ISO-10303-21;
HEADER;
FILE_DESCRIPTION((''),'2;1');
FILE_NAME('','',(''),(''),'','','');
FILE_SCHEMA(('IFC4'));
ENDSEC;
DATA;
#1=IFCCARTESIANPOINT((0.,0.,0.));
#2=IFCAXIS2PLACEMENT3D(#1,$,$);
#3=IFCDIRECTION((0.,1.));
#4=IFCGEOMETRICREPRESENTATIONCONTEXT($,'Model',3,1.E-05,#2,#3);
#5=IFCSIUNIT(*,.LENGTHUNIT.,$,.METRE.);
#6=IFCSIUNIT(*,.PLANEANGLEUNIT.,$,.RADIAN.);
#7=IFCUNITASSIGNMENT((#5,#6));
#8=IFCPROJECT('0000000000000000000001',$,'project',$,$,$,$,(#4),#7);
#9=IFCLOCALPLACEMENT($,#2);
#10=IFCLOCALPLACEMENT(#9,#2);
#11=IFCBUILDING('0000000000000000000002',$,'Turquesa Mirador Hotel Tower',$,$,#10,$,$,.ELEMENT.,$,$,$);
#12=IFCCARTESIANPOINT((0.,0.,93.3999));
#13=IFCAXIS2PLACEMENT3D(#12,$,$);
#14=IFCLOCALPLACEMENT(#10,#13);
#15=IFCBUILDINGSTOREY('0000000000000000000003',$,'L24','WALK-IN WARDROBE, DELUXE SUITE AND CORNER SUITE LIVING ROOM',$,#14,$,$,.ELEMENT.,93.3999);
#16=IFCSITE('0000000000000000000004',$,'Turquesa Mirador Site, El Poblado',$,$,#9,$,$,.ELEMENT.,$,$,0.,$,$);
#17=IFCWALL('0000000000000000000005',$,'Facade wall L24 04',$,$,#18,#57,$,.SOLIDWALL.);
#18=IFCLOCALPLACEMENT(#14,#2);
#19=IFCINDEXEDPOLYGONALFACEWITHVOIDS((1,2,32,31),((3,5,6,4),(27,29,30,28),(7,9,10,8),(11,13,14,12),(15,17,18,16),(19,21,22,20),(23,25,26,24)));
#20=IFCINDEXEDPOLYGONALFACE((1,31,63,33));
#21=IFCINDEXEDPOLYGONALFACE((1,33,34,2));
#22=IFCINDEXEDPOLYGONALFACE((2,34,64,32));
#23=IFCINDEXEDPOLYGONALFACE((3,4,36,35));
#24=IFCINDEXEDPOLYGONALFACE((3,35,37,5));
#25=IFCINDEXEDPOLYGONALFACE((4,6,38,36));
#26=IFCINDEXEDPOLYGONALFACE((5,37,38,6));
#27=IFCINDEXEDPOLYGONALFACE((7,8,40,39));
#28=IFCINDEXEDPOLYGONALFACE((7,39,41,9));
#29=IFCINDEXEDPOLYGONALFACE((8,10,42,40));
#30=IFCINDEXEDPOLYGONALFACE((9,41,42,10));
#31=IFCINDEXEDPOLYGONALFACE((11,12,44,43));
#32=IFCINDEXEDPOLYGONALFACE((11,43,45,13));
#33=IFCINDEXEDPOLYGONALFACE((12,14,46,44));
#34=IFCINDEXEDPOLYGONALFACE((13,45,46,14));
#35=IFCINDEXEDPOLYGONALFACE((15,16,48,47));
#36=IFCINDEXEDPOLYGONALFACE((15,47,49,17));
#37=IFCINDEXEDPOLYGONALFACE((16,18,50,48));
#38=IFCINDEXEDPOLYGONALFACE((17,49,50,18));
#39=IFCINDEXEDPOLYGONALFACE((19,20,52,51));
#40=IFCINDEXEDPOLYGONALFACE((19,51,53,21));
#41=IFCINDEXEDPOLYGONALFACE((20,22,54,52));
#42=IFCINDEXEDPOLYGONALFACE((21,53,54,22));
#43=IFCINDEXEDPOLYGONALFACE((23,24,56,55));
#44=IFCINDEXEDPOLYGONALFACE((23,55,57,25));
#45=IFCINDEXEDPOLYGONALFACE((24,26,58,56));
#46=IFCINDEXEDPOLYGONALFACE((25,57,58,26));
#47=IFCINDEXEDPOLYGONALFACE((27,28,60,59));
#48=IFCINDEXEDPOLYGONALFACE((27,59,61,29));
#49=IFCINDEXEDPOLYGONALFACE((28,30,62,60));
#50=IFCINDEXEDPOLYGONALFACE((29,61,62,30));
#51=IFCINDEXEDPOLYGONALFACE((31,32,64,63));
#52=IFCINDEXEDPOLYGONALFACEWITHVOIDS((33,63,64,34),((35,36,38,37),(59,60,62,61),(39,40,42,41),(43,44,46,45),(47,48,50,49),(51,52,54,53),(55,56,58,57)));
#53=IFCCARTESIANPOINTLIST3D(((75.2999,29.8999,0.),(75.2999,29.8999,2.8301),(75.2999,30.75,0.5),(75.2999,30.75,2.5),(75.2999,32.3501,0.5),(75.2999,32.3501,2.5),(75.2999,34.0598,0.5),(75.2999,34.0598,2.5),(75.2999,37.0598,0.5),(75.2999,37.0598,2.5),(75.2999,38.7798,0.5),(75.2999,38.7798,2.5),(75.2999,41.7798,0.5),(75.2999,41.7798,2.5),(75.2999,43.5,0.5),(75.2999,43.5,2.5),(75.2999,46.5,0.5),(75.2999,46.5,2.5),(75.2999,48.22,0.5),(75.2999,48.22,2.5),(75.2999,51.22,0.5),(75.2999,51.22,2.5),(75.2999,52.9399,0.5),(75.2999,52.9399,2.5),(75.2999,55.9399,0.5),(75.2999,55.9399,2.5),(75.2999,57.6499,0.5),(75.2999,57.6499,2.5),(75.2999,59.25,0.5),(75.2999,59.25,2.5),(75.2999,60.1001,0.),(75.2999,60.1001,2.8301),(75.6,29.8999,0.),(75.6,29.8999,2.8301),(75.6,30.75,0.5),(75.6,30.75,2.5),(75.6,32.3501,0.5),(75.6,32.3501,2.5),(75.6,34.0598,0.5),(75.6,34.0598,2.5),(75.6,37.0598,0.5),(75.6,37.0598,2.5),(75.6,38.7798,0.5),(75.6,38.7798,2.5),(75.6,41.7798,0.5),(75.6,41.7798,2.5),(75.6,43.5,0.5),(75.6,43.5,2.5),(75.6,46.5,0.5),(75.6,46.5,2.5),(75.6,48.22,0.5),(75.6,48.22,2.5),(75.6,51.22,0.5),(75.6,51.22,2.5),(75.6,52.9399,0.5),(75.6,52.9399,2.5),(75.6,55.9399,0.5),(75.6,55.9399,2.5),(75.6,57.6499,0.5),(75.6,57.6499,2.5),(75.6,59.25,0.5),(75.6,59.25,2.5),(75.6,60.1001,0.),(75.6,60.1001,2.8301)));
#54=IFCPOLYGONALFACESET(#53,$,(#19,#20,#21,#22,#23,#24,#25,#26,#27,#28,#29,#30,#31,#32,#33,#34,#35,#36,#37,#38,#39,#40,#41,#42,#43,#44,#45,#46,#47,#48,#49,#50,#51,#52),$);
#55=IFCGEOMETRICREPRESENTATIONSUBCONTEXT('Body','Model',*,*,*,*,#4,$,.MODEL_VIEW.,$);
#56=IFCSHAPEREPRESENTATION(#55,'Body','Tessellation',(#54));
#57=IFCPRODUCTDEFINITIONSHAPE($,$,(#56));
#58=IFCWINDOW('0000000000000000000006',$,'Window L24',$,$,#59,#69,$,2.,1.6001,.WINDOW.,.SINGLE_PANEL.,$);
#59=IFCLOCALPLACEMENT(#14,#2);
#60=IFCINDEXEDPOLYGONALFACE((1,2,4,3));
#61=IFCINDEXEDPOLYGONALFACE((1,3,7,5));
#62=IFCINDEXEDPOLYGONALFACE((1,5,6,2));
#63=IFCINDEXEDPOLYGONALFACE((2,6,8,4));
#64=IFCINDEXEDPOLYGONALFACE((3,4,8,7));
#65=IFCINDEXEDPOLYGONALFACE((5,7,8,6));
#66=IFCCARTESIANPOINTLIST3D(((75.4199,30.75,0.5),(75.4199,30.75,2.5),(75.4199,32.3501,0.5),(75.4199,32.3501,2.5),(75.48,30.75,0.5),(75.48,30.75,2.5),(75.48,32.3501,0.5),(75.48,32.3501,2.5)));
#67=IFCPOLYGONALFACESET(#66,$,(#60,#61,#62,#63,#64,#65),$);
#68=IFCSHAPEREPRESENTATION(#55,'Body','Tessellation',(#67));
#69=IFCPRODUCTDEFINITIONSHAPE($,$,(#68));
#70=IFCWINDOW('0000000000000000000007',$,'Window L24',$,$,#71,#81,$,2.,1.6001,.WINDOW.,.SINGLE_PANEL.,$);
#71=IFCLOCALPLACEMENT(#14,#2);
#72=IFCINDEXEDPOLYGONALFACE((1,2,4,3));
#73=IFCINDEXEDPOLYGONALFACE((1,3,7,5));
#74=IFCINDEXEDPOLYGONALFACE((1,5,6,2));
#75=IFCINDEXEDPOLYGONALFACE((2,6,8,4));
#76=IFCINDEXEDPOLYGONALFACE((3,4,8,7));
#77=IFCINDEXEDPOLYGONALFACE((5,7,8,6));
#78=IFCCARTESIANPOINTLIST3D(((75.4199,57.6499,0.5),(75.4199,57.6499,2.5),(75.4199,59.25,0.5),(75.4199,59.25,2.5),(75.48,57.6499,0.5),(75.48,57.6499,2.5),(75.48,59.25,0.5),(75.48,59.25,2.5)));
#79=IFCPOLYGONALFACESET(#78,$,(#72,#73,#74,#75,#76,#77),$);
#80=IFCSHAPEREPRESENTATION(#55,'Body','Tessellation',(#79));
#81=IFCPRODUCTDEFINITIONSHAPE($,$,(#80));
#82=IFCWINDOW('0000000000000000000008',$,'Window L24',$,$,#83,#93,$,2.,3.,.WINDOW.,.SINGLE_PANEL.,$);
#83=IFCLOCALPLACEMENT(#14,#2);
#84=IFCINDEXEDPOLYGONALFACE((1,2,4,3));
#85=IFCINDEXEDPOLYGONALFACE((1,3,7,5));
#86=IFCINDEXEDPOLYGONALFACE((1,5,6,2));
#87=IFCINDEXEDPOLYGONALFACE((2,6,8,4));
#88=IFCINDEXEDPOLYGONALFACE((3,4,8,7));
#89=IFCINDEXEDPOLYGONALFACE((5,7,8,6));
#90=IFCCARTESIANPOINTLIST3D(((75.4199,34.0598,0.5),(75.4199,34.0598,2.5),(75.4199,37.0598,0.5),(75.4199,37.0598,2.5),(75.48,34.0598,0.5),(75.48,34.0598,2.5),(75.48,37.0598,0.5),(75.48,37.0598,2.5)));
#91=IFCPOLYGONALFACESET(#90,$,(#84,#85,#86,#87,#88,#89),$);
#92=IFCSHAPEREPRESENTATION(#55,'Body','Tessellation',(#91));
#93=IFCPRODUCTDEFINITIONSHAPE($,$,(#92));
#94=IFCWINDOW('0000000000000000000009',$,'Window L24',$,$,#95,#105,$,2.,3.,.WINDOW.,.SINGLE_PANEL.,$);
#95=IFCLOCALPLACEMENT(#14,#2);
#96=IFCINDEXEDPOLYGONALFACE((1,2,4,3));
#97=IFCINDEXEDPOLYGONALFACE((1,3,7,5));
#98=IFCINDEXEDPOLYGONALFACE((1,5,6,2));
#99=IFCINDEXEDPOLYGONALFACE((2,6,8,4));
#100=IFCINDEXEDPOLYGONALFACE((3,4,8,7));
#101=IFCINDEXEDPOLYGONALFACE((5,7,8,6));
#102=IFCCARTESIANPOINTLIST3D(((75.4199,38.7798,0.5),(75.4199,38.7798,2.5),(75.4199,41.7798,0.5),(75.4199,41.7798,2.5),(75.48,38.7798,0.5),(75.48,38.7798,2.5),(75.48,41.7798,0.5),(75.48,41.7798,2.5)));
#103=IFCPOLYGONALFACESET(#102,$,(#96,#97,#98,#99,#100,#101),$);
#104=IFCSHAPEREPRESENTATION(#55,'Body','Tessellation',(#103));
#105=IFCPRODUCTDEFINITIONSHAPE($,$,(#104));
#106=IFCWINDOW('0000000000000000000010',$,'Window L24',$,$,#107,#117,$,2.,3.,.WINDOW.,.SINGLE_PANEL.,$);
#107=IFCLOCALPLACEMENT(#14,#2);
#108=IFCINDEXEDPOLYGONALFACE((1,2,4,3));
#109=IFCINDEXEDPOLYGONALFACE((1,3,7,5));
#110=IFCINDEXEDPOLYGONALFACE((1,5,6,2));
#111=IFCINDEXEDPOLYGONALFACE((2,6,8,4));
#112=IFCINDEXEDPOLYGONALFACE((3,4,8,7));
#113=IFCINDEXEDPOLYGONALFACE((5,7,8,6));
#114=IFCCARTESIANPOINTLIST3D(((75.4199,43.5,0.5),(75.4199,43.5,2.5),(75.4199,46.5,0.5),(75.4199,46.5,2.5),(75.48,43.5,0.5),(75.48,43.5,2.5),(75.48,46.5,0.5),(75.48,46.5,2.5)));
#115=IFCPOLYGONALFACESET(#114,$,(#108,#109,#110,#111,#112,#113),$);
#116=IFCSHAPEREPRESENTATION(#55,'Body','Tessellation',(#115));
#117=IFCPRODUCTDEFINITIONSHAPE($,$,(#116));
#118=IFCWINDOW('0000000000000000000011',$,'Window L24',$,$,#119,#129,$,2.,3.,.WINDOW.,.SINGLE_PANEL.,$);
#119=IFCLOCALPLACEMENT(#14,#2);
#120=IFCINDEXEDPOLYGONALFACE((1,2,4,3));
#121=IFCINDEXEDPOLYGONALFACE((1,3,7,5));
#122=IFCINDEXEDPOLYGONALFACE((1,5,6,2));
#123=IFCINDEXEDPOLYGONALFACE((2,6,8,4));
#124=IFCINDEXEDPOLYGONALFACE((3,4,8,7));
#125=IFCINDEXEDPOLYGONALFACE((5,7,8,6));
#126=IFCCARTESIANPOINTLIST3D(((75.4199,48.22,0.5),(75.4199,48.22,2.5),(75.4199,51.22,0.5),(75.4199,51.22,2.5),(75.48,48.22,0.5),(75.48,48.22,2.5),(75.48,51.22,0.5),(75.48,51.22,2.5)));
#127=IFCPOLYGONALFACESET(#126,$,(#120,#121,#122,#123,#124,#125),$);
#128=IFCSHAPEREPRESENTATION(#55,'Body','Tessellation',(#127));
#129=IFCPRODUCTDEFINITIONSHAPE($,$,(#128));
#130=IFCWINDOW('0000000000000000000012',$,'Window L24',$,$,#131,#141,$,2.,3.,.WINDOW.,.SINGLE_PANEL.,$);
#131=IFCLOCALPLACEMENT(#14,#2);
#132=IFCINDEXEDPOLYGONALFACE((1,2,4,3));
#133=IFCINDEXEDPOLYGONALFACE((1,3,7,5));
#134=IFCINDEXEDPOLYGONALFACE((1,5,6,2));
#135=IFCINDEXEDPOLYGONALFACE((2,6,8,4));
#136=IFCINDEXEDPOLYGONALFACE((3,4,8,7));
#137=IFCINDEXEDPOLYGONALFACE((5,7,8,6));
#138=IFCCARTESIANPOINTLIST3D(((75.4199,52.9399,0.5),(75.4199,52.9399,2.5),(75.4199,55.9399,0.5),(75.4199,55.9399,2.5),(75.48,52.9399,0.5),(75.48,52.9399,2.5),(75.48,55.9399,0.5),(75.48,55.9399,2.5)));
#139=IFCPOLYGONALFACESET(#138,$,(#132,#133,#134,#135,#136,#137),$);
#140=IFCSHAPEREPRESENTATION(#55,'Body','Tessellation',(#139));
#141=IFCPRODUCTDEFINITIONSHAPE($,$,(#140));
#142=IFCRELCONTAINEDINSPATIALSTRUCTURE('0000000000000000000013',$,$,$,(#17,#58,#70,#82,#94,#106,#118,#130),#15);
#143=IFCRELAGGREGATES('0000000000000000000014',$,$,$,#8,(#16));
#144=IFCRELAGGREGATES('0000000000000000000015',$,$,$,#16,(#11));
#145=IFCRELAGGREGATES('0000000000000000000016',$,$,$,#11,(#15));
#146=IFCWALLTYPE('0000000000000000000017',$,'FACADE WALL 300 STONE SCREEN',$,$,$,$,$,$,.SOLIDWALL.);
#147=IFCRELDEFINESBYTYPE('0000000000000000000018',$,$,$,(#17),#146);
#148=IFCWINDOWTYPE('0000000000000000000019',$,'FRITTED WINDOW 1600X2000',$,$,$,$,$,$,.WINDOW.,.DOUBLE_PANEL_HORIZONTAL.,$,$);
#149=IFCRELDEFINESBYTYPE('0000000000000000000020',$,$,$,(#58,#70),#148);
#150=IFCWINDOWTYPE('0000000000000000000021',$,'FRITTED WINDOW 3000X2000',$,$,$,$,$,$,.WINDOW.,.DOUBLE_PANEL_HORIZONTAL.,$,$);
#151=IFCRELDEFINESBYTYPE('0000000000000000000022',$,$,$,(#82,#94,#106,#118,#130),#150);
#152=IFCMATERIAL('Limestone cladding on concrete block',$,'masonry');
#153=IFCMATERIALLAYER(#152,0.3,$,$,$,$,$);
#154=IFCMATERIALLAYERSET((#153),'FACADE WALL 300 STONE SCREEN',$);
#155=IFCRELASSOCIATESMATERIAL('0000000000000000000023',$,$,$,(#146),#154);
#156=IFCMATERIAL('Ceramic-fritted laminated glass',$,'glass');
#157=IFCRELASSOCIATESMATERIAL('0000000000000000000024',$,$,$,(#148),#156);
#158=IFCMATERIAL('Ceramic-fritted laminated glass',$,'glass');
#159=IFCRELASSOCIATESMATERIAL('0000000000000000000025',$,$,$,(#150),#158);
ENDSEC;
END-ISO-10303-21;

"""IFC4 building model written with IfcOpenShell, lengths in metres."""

from ifc_helpers import new_model, si_unit, direction, frame, frame_2d, origin, place, context, subcontext, project, spatial, rectangle, extrude, material, layer, layer_set, type_object, element, fill, save


model = new_model("IFC4")

# Units and contexts
model_context = context("Model", 3, precision=1e-05, world=origin(), true_north=direction((0.0, 1.0)))
body_context = subcontext(model_context, "Body", "Model", "MODEL_VIEW")
ifc_project = project(units=[si_unit("LENGTHUNIT", "METRE"), si_unit("PLANEANGLEUNIT", "RADIAN")], contexts=[model_context])

# Site, building, storey
site_placement = place(None, origin())
site = spatial("IfcSite", under=ifc_project, at=site_placement, Name="Turquesa Mirador Site, El Poblado", CompositionType="ELEMENT", RefElevation=0.0)
building_placement = place(site_placement, origin())
building = spatial("IfcBuilding", under=site, at=building_placement, Name="Turquesa Mirador Hotel Tower", CompositionType="ELEMENT")
storey_placement = place(building_placement, frame((0.0, 0.0, 93.3999)))
storey = spatial("IfcBuildingStorey", under=building, at=storey_placement, Name="L24", Description="WALK-IN WARDROBE, DELUXE SUITE AND CORNER SUITE LIVING ROOM", CompositionType="ELEMENT", Elevation=93.3999)

# Shared definitions
ifc_material_1 = material(Name="Limestone cladding on concrete block", Category="masonry")
ifc_layer = layer(ifc_material_1, 0.3)
ifc_layer_set = layer_set([ifc_layer], Name="FACADE WALL 300 STONE SCREEN")
wall_type = type_object("IfcWallType", Name="FACADE WALL 300 STONE SCREEN", PredefinedType="SOLIDWALL", material=ifc_layer_set)

# Wall, openings, windows
wall_1_placement = place(storey_placement, frame((75.45, 29.8999, 0.0), z_axis=(0.0, 0.0, 1.0), x_axis=(0.0, 1.0, 0.0)))
wall_1 = element("IfcWall", 1, at=wall_1_placement, inside=storey, type_object=wall_type, Name="Facade wall L24 04", PredefinedType="SOLIDWALL", context=body_context, shape_type="SweptSolid", body=[
    extrude(rectangle(XDim=30.2002, YDim=0.3, at=frame_2d((15.1001, 0.0))), origin(), (0.0, 0.0, 1.0), 2.8301),
])
opening_1_placement = place(wall_1_placement, frame((0.8501, 0.0, 0.5)))
opening_1 = element("IfcOpeningElement", 2, at=opening_1_placement, cuts=wall_1, PredefinedType="OPENING", context=body_context, shape_type="SweptSolid", body=[
    extrude(rectangle(XDim=1.6001, YDim=2.0, at=frame_2d((0.8, 1.0))), frame((0.0, 0.1599, 0.0), z_axis=(0.0, -1.0, 0.0), x_axis=(1.0, 0.0, 0.0)), (0.0, 0.0, 1.0), 0.3201),
])
opening_2_placement = place(wall_1_placement, frame((4.1599, 0.0, 0.5)))
opening_2 = element("IfcOpeningElement", 3, at=opening_2_placement, cuts=wall_1, PredefinedType="OPENING", context=body_context, shape_type="SweptSolid", body=[
    extrude(rectangle(XDim=3.0, YDim=2.0, at=frame_2d((1.5, 1.0))), frame((0.0, 0.1599, 0.0), z_axis=(0.0, -1.0, 0.0), x_axis=(1.0, 0.0, 0.0)), (0.0, 0.0, 1.0), 0.3201),
])
opening_3_placement = place(wall_1_placement, frame((8.8799, 0.0, 0.5)))
opening_3 = element("IfcOpeningElement", 4, at=opening_3_placement, cuts=wall_1, PredefinedType="OPENING", context=body_context, shape_type="SweptSolid", body=[
    extrude(rectangle(XDim=3.0, YDim=2.0, at=frame_2d((1.5, 1.0))), frame((0.0, 0.1599, 0.0), z_axis=(0.0, -1.0, 0.0), x_axis=(1.0, 0.0, 0.0)), (0.0, 0.0, 1.0), 0.3201),
])
opening_4_placement = place(wall_1_placement, frame((13.6001, 0.0, 0.5)))
opening_4 = element("IfcOpeningElement", 5, at=opening_4_placement, cuts=wall_1, PredefinedType="OPENING", context=body_context, shape_type="SweptSolid", body=[
    extrude(rectangle(XDim=3.0, YDim=2.0, at=frame_2d((1.5, 1.0))), frame((0.0, 0.1599, 0.0), z_axis=(0.0, -1.0, 0.0), x_axis=(1.0, 0.0, 0.0)), (0.0, 0.0, 1.0), 0.3201),
])
opening_5_placement = place(wall_1_placement, frame((18.3201, 0.0, 0.5)))
opening_5 = element("IfcOpeningElement", 6, at=opening_5_placement, cuts=wall_1, PredefinedType="OPENING", context=body_context, shape_type="SweptSolid", body=[
    extrude(rectangle(XDim=3.0, YDim=2.0, at=frame_2d((1.5, 1.0))), frame((0.0, 0.1599, 0.0), z_axis=(0.0, -1.0, 0.0), x_axis=(1.0, 0.0, 0.0)), (0.0, 0.0, 1.0), 0.3201),
])
opening_6_placement = place(wall_1_placement, frame((23.04, 0.0, 0.5)))
opening_6 = element("IfcOpeningElement", 7, at=opening_6_placement, cuts=wall_1, PredefinedType="OPENING", context=body_context, shape_type="SweptSolid", body=[
    extrude(rectangle(XDim=3.0, YDim=2.0, at=frame_2d((1.5, 1.0))), frame((0.0, 0.1599, 0.0), z_axis=(0.0, -1.0, 0.0), x_axis=(1.0, 0.0, 0.0)), (0.0, 0.0, 1.0), 0.3201),
])
opening_7_placement = place(wall_1_placement, frame((27.75, 0.0, 0.5)))
opening_7 = element("IfcOpeningElement", 8, at=opening_7_placement, cuts=wall_1, PredefinedType="OPENING", context=body_context, shape_type="SweptSolid", body=[
    extrude(rectangle(XDim=1.6001, YDim=2.0, at=frame_2d((0.8, 1.0))), frame((0.0, 0.1599, 0.0), z_axis=(0.0, -1.0, 0.0), x_axis=(1.0, 0.0, 0.0)), (0.0, 0.0, 1.0), 0.3201),
])
ifc_material_2 = material(Name="Ceramic-fritted laminated glass", Category="glass")
window_type_1 = type_object("IfcWindowType", Name="FRITTED WINDOW 1600X2000", PartitioningType="DOUBLE_PANEL_HORIZONTAL", PredefinedType="WINDOW", material=ifc_material_2)
window_1_placement = place(opening_1_placement, origin())
window_1 = element("IfcWindow", 9, at=window_1_placement, inside=storey, type_object=window_type_1, Name="Window L24", OverallHeight=2.0, OverallWidth=1.6001, PartitioningType="SINGLE_PANEL", PredefinedType="WINDOW", context=body_context, shape_type="SweptSolid", body=[
    extrude(rectangle(XDim=1.6001, YDim=2.0, at=frame_2d((0.8, 1.0))), frame((0.0, 0.03, 0.0), z_axis=(0.0, -1.0, 0.0), x_axis=(1.0, 0.0, 0.0)), (0.0, 0.0, 1.0), 0.0601),
])
fill(opening_1, window_1)
window_2_placement = place(opening_7_placement, origin())
window_2 = element("IfcWindow", 10, at=window_2_placement, inside=storey, type_object=window_type_1, Name="Window L24", OverallHeight=2.0, OverallWidth=1.6001, PartitioningType="SINGLE_PANEL", PredefinedType="WINDOW", context=body_context, shape_type="SweptSolid", body=[
    extrude(rectangle(XDim=1.6001, YDim=2.0, at=frame_2d((0.8, 1.0))), frame((0.0, 0.03, 0.0), z_axis=(0.0, -1.0, 0.0), x_axis=(1.0, 0.0, 0.0)), (0.0, 0.0, 1.0), 0.0601),
])
fill(opening_7, window_2)
ifc_material_3 = material(Name="Ceramic-fritted laminated glass", Category="glass")
window_type_2 = type_object("IfcWindowType", Name="FRITTED WINDOW 3000X2000", PartitioningType="DOUBLE_PANEL_HORIZONTAL", PredefinedType="WINDOW", material=ifc_material_3)
window_3_placement = place(opening_2_placement, origin())
window_3 = element("IfcWindow", 11, at=window_3_placement, inside=storey, type_object=window_type_2, Name="Window L24", OverallHeight=2.0, OverallWidth=3.0, PartitioningType="SINGLE_PANEL", PredefinedType="WINDOW", context=body_context, shape_type="SweptSolid", body=[
    extrude(rectangle(XDim=3.0, YDim=2.0, at=frame_2d((1.5, 1.0))), frame((0.0, 0.03, 0.0), z_axis=(0.0, -1.0, 0.0), x_axis=(1.0, 0.0, 0.0)), (0.0, 0.0, 1.0), 0.0601),
])
fill(opening_2, window_3)
window_4_placement = place(opening_3_placement, origin())
window_4 = element("IfcWindow", 12, at=window_4_placement, inside=storey, type_object=window_type_2, Name="Window L24", OverallHeight=2.0, OverallWidth=3.0, PartitioningType="SINGLE_PANEL", PredefinedType="WINDOW", context=body_context, shape_type="SweptSolid", body=[
    extrude(rectangle(XDim=3.0, YDim=2.0, at=frame_2d((1.5, 1.0))), frame((0.0, 0.03, 0.0), z_axis=(0.0, -1.0, 0.0), x_axis=(1.0, 0.0, 0.0)), (0.0, 0.0, 1.0), 0.0601),
])
fill(opening_3, window_4)
window_5_placement = place(opening_4_placement, origin())
window_5 = element("IfcWindow", 13, at=window_5_placement, inside=storey, type_object=window_type_2, Name="Window L24", OverallHeight=2.0, OverallWidth=3.0, PartitioningType="SINGLE_PANEL", PredefinedType="WINDOW", context=body_context, shape_type="SweptSolid", body=[
    extrude(rectangle(XDim=3.0, YDim=2.0, at=frame_2d((1.5, 1.0))), frame((0.0, 0.03, 0.0), z_axis=(0.0, -1.0, 0.0), x_axis=(1.0, 0.0, 0.0)), (0.0, 0.0, 1.0), 0.0601),
])
fill(opening_4, window_5)
window_6_placement = place(opening_5_placement, origin())
window_6 = element("IfcWindow", 14, at=window_6_placement, inside=storey, type_object=window_type_2, Name="Window L24", OverallHeight=2.0, OverallWidth=3.0, PartitioningType="SINGLE_PANEL", PredefinedType="WINDOW", context=body_context, shape_type="SweptSolid", body=[
    extrude(rectangle(XDim=3.0, YDim=2.0, at=frame_2d((1.5, 1.0))), frame((0.0, 0.03, 0.0), z_axis=(0.0, -1.0, 0.0), x_axis=(1.0, 0.0, 0.0)), (0.0, 0.0, 1.0), 0.0601),
])
fill(opening_5, window_6)
window_7_placement = place(opening_6_placement, origin())
window_7 = element("IfcWindow", 15, at=window_7_placement, inside=storey, type_object=window_type_2, Name="Window L24", OverallHeight=2.0, OverallWidth=3.0, PartitioningType="SINGLE_PANEL", PredefinedType="WINDOW", context=body_context, shape_type="SweptSolid", body=[
    extrude(rectangle(XDim=3.0, YDim=2.0, at=frame_2d((1.5, 1.0))), frame((0.0, 0.03, 0.0), z_axis=(0.0, -1.0, 0.0), x_axis=(1.0, 0.0, 0.0)), (0.0, 0.0, 1.0), 0.0601),
])
fill(opening_6, window_7)

save(model, "model.ifc")
